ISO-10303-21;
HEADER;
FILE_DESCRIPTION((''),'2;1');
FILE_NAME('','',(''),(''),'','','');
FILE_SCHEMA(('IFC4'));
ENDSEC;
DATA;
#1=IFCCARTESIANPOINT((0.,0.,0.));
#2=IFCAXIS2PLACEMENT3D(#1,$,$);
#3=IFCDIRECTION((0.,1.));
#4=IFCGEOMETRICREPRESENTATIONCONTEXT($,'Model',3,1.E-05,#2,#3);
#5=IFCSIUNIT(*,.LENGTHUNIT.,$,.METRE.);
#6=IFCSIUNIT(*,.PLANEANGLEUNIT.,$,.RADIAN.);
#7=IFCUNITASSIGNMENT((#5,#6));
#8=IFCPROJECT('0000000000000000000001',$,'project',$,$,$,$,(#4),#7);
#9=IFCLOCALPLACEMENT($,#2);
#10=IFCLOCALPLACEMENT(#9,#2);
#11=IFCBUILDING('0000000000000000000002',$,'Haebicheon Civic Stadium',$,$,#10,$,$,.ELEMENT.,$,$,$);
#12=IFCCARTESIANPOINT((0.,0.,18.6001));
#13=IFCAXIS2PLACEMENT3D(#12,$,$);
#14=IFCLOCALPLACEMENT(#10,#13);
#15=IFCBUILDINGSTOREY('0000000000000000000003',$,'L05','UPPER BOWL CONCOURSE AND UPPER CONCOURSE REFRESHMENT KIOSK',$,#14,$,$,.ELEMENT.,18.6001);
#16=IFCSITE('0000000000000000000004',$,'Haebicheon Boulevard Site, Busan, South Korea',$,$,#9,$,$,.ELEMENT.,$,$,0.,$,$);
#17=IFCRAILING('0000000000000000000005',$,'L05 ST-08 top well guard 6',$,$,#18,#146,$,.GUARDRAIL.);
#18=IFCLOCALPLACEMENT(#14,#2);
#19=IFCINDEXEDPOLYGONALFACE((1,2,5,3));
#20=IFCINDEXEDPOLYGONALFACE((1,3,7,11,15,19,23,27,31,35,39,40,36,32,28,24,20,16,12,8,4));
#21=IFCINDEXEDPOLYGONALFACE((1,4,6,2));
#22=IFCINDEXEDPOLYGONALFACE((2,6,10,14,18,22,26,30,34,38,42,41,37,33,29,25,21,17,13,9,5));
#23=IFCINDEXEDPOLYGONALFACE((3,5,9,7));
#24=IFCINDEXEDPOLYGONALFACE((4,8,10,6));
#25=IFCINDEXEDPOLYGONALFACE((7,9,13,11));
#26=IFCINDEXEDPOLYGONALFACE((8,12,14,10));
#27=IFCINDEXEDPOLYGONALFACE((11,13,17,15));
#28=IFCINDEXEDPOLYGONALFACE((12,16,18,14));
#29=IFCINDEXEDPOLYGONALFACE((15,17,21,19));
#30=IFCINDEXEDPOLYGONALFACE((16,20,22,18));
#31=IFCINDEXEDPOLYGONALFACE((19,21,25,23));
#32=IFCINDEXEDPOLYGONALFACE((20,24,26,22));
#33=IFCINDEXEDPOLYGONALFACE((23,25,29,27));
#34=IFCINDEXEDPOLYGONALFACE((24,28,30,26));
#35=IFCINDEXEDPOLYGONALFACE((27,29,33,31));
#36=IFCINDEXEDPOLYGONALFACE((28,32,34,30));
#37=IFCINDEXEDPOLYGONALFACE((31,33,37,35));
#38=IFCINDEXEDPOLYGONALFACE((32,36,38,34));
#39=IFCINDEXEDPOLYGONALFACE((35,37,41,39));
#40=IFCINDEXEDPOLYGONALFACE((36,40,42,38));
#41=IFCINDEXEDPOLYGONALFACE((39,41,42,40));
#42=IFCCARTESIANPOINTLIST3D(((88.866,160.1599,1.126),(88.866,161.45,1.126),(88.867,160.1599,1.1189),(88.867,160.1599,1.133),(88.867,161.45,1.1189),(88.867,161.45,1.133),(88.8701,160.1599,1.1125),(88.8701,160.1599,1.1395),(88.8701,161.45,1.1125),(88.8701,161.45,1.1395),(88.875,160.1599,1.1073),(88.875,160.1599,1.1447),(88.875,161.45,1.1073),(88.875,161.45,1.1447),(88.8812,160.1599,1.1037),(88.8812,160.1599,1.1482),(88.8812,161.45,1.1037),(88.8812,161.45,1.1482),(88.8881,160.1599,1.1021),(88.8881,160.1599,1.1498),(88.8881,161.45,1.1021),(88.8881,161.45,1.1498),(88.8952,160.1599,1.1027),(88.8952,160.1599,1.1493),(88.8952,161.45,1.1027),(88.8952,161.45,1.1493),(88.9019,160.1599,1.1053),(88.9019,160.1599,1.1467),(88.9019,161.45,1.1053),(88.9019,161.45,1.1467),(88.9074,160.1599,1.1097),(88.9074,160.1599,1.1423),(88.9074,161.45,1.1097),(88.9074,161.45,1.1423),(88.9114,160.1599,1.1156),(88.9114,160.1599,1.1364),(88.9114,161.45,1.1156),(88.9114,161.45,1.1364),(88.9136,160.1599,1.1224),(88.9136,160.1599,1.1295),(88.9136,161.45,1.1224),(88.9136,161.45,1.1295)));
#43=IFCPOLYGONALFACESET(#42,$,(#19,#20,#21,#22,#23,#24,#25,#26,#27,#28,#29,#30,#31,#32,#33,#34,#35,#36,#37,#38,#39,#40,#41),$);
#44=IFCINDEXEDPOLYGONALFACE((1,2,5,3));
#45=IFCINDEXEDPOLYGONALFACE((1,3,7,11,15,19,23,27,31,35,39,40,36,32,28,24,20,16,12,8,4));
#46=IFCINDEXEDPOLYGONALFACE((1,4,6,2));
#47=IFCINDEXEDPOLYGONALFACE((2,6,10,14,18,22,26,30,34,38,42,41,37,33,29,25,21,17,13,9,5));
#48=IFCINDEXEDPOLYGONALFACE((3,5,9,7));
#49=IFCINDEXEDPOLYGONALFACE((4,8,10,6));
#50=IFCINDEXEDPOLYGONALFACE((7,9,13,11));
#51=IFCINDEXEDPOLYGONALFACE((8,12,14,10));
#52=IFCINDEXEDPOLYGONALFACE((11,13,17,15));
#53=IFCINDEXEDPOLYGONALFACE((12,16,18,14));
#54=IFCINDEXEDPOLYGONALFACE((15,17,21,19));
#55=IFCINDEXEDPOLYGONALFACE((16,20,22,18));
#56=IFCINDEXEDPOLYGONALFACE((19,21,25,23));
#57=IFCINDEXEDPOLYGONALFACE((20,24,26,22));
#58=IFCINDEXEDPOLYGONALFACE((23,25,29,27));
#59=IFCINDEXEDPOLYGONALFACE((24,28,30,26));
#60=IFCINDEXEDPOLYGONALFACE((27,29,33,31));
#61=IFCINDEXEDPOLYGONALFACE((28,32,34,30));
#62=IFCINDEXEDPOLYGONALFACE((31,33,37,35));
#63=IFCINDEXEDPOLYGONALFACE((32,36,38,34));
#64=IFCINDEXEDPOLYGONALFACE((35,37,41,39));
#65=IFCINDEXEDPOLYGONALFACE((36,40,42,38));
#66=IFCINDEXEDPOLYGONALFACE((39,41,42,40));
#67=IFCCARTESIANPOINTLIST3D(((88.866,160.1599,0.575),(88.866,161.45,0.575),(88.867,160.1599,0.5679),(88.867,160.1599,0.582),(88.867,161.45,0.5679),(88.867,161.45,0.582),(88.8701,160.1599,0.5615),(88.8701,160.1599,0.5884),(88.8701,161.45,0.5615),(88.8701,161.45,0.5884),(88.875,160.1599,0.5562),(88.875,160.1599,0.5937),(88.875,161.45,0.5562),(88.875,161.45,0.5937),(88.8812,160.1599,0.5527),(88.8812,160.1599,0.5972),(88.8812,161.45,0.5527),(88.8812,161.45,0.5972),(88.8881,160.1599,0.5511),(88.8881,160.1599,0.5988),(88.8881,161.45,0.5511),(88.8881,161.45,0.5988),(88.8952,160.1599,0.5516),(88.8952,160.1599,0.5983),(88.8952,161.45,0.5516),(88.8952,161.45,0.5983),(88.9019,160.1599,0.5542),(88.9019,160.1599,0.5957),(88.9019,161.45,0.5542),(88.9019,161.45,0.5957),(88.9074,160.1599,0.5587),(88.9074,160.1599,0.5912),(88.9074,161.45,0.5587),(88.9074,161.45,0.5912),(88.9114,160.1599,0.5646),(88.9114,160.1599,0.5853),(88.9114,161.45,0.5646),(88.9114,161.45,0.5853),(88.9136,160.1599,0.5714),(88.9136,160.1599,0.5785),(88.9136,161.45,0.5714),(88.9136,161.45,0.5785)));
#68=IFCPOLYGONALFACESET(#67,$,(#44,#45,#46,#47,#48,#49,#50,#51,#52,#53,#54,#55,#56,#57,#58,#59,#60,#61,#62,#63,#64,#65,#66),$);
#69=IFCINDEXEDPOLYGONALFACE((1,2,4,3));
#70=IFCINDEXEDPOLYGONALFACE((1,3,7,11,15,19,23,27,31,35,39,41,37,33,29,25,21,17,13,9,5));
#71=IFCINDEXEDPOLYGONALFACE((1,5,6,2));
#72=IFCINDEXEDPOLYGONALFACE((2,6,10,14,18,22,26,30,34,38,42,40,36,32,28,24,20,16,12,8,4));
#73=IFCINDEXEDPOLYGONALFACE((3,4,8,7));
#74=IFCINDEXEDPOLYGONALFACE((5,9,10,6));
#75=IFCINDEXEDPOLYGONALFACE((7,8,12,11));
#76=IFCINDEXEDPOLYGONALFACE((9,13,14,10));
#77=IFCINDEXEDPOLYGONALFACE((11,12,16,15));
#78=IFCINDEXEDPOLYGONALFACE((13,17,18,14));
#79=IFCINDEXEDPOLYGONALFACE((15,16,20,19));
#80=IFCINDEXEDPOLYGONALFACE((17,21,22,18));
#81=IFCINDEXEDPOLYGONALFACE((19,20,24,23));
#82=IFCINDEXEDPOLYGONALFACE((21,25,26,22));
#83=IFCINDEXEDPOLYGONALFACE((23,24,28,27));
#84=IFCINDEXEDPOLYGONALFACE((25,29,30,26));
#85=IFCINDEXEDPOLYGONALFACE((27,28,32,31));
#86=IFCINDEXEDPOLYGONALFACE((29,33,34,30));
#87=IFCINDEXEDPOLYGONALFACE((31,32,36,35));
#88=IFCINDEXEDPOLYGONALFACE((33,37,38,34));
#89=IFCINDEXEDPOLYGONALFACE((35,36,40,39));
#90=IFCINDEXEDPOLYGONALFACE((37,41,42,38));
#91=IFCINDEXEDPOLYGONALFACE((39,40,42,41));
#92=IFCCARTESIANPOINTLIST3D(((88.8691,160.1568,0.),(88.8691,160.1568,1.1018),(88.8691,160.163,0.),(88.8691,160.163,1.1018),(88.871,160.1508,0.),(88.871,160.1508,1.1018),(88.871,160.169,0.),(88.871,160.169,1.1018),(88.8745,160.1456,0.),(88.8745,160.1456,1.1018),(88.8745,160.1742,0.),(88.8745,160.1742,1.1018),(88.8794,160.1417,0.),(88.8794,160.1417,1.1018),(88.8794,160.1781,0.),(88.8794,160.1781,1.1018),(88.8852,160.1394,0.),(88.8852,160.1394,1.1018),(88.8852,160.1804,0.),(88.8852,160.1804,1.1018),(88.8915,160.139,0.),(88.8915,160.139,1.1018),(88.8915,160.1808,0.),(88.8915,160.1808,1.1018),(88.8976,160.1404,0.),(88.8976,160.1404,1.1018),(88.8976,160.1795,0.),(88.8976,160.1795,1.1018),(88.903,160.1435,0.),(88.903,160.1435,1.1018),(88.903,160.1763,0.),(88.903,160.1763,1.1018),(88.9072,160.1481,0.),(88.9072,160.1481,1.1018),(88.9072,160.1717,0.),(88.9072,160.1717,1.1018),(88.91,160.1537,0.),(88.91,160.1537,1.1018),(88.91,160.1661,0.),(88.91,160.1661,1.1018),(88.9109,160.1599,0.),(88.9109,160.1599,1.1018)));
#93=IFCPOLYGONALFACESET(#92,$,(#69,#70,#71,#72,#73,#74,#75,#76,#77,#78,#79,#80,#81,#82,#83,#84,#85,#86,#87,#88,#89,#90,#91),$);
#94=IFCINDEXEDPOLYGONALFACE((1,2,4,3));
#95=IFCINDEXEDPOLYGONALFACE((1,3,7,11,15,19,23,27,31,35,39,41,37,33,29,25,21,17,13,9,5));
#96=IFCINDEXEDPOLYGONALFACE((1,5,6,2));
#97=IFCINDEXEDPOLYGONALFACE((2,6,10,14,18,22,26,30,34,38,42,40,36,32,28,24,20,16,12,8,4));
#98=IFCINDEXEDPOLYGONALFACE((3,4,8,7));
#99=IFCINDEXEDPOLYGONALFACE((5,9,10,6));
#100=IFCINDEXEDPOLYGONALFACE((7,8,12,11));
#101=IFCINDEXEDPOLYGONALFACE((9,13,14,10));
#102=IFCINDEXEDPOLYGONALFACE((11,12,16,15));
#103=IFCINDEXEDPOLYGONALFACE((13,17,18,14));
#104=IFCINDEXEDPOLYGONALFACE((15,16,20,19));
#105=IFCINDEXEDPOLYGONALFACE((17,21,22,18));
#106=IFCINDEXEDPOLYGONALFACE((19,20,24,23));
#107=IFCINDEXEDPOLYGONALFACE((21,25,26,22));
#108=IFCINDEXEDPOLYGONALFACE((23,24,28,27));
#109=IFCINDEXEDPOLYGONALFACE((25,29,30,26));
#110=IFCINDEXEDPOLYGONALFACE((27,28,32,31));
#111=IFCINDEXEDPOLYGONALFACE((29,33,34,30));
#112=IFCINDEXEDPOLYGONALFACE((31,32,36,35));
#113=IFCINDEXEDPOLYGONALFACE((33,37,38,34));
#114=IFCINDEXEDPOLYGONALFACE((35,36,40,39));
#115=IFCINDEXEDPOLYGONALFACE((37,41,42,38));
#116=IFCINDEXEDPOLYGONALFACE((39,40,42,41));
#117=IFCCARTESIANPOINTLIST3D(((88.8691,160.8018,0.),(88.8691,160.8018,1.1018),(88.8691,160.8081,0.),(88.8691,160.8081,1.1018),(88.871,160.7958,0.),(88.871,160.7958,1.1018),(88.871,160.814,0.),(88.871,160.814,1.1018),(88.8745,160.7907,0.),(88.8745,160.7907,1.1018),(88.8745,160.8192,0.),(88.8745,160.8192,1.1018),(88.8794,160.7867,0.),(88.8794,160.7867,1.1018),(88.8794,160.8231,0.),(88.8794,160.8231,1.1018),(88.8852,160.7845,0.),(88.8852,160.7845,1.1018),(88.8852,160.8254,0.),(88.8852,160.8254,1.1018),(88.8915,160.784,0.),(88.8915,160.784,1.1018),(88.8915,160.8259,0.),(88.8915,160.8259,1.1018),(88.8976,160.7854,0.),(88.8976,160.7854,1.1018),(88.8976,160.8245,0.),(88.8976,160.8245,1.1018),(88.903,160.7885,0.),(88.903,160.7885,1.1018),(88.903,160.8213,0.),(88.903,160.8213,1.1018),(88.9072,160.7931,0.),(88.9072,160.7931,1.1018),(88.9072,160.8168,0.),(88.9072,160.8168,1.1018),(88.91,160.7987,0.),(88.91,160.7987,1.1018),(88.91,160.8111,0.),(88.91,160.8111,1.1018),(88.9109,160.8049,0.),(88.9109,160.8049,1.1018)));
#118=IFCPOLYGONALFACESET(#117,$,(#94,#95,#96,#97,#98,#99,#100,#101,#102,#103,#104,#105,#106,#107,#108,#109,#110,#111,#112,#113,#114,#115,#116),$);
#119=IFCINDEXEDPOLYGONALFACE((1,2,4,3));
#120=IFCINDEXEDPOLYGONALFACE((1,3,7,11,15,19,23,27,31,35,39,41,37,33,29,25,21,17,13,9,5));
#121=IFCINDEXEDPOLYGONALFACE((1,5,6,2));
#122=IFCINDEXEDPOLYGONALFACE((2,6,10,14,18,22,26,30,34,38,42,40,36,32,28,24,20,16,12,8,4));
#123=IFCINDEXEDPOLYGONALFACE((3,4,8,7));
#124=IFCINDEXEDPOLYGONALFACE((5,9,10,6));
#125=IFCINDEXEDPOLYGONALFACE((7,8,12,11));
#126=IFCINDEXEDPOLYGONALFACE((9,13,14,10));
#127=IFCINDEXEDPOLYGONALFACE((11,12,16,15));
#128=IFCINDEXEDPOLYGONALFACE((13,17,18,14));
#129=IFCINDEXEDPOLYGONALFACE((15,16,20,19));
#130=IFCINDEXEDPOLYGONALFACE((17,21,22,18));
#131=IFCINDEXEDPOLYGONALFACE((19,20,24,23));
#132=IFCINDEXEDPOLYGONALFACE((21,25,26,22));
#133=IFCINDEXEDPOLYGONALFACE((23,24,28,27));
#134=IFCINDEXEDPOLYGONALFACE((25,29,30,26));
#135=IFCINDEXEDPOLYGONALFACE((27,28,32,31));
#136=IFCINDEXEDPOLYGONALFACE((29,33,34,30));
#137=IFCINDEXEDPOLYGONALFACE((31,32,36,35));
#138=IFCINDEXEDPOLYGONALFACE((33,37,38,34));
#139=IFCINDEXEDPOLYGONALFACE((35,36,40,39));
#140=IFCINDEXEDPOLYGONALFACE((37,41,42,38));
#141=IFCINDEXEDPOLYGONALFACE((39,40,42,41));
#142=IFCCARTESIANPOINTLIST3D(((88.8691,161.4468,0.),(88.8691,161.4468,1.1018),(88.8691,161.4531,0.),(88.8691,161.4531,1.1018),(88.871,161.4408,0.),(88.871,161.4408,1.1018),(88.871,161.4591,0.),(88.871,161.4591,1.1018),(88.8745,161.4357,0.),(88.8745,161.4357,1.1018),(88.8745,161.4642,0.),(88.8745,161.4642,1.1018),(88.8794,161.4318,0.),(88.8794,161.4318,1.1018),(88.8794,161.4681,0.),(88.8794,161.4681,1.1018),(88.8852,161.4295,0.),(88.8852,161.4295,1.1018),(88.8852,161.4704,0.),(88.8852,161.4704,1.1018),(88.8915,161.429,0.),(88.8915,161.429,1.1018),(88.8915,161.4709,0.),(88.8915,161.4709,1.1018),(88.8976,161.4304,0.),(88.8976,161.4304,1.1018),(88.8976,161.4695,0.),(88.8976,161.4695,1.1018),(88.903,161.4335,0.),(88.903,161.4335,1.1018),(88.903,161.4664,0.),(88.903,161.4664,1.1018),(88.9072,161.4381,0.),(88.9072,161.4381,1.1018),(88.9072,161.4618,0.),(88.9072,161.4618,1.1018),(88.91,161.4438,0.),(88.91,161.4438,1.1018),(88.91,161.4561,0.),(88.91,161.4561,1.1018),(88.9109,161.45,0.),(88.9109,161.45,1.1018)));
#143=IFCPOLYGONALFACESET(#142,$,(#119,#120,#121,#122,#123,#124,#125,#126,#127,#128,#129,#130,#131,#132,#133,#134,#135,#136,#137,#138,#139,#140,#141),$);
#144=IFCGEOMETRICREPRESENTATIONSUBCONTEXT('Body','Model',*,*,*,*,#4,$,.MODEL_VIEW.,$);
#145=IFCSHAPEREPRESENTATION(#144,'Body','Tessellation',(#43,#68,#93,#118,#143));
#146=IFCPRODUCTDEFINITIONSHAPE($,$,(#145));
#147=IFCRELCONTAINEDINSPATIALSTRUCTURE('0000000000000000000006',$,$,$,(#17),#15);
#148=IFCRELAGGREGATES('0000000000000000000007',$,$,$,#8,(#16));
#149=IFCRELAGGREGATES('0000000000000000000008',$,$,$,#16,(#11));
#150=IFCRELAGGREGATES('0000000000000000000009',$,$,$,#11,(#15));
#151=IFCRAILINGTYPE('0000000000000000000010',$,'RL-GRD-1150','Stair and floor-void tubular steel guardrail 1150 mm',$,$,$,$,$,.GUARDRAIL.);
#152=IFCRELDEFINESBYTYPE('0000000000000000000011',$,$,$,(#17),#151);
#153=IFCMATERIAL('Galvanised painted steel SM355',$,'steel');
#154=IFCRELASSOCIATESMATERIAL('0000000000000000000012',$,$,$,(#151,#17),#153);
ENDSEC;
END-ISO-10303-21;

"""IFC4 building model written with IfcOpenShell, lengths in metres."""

from ifc_helpers import new_model, si_unit, direction, frame, origin, origin_2d, place, context, subcontext, project, spatial, circle, extrude, material, type_object, element, save


model = new_model("IFC4")

# Units and contexts
model_context = context("Model", 3, precision=1e-05, world=origin(), true_north=direction((0.0, 1.0)))
body_context = subcontext(model_context, "Body", "Model", "MODEL_VIEW")
ifc_project = project(units=[si_unit("LENGTHUNIT", "METRE"), si_unit("PLANEANGLEUNIT", "RADIAN")], contexts=[model_context])

# Site, building, storey
site_placement = place(None, origin())
site = spatial("IfcSite", under=ifc_project, at=site_placement, Name="Haebicheon Boulevard Site, Busan, South Korea", CompositionType="ELEMENT", RefElevation=0.0)
building_placement = place(site_placement, origin())
building = spatial("IfcBuilding", under=site, at=building_placement, Name="Haebicheon Civic Stadium", CompositionType="ELEMENT")
storey_placement = place(building_placement, frame((0.0, 0.0, 18.6001)))
storey = spatial("IfcBuildingStorey", under=building, at=storey_placement, Name="L05", Description="UPPER BOWL CONCOURSE AND UPPER CONCOURSE REFRESHMENT KIOSK", CompositionType="ELEMENT", Elevation=18.6001)

# Railing
ifc_material_1 = material(Name="Galvanised painted steel SM355", Category="steel")
railing_type = type_object("IfcRailingType", Name="RL-GRD-1150", Description="Stair and floor-void tubular steel guardrail 1150 mm", PredefinedType="GUARDRAIL", material=ifc_material_1)
for number, where, name in (
    (1, (88.8899, 160.1599, 0.0), "L05 ST-08 top well guard 6"),
):
    element("IfcRailing", number, at=place(storey_placement, frame(where)), inside=storey, type_object=railing_type, material=ifc_material_1, Name=name, PredefinedType="GUARDRAIL", context=body_context, shape_type="SweptSolid", body=[
        extrude(circle(Radius=0.0239, at=origin_2d()), frame((0.0, 0.0, 1.126), z_axis=(0.0, 1.0, 0.0), x_axis=(-1.0, 0.0, 0.0)), (0.0, 0.0, 1.0), 1.29),
        extrude(circle(Radius=0.0239, at=origin_2d()), frame((0.0, 0.0, 0.575), z_axis=(0.0, 1.0, 0.0), x_axis=(-1.0, 0.0, 0.0)), (0.0, 0.0, 1.0), 1.29),
        extrude(circle(Radius=0.021, at=origin_2d()), origin(), (0.0, 0.0, 1.0), 1.1018),
        extrude(circle(Radius=0.021, at=origin_2d()), frame((0.0, 0.645, 0.0)), (0.0, 0.0, 1.0), 1.1018),
        extrude(circle(Radius=0.021, at=origin_2d()), frame((0.0, 1.29, 0.0)), (0.0, 0.0, 1.0), 1.1018),
    ])

save(model, "model.ifc")
